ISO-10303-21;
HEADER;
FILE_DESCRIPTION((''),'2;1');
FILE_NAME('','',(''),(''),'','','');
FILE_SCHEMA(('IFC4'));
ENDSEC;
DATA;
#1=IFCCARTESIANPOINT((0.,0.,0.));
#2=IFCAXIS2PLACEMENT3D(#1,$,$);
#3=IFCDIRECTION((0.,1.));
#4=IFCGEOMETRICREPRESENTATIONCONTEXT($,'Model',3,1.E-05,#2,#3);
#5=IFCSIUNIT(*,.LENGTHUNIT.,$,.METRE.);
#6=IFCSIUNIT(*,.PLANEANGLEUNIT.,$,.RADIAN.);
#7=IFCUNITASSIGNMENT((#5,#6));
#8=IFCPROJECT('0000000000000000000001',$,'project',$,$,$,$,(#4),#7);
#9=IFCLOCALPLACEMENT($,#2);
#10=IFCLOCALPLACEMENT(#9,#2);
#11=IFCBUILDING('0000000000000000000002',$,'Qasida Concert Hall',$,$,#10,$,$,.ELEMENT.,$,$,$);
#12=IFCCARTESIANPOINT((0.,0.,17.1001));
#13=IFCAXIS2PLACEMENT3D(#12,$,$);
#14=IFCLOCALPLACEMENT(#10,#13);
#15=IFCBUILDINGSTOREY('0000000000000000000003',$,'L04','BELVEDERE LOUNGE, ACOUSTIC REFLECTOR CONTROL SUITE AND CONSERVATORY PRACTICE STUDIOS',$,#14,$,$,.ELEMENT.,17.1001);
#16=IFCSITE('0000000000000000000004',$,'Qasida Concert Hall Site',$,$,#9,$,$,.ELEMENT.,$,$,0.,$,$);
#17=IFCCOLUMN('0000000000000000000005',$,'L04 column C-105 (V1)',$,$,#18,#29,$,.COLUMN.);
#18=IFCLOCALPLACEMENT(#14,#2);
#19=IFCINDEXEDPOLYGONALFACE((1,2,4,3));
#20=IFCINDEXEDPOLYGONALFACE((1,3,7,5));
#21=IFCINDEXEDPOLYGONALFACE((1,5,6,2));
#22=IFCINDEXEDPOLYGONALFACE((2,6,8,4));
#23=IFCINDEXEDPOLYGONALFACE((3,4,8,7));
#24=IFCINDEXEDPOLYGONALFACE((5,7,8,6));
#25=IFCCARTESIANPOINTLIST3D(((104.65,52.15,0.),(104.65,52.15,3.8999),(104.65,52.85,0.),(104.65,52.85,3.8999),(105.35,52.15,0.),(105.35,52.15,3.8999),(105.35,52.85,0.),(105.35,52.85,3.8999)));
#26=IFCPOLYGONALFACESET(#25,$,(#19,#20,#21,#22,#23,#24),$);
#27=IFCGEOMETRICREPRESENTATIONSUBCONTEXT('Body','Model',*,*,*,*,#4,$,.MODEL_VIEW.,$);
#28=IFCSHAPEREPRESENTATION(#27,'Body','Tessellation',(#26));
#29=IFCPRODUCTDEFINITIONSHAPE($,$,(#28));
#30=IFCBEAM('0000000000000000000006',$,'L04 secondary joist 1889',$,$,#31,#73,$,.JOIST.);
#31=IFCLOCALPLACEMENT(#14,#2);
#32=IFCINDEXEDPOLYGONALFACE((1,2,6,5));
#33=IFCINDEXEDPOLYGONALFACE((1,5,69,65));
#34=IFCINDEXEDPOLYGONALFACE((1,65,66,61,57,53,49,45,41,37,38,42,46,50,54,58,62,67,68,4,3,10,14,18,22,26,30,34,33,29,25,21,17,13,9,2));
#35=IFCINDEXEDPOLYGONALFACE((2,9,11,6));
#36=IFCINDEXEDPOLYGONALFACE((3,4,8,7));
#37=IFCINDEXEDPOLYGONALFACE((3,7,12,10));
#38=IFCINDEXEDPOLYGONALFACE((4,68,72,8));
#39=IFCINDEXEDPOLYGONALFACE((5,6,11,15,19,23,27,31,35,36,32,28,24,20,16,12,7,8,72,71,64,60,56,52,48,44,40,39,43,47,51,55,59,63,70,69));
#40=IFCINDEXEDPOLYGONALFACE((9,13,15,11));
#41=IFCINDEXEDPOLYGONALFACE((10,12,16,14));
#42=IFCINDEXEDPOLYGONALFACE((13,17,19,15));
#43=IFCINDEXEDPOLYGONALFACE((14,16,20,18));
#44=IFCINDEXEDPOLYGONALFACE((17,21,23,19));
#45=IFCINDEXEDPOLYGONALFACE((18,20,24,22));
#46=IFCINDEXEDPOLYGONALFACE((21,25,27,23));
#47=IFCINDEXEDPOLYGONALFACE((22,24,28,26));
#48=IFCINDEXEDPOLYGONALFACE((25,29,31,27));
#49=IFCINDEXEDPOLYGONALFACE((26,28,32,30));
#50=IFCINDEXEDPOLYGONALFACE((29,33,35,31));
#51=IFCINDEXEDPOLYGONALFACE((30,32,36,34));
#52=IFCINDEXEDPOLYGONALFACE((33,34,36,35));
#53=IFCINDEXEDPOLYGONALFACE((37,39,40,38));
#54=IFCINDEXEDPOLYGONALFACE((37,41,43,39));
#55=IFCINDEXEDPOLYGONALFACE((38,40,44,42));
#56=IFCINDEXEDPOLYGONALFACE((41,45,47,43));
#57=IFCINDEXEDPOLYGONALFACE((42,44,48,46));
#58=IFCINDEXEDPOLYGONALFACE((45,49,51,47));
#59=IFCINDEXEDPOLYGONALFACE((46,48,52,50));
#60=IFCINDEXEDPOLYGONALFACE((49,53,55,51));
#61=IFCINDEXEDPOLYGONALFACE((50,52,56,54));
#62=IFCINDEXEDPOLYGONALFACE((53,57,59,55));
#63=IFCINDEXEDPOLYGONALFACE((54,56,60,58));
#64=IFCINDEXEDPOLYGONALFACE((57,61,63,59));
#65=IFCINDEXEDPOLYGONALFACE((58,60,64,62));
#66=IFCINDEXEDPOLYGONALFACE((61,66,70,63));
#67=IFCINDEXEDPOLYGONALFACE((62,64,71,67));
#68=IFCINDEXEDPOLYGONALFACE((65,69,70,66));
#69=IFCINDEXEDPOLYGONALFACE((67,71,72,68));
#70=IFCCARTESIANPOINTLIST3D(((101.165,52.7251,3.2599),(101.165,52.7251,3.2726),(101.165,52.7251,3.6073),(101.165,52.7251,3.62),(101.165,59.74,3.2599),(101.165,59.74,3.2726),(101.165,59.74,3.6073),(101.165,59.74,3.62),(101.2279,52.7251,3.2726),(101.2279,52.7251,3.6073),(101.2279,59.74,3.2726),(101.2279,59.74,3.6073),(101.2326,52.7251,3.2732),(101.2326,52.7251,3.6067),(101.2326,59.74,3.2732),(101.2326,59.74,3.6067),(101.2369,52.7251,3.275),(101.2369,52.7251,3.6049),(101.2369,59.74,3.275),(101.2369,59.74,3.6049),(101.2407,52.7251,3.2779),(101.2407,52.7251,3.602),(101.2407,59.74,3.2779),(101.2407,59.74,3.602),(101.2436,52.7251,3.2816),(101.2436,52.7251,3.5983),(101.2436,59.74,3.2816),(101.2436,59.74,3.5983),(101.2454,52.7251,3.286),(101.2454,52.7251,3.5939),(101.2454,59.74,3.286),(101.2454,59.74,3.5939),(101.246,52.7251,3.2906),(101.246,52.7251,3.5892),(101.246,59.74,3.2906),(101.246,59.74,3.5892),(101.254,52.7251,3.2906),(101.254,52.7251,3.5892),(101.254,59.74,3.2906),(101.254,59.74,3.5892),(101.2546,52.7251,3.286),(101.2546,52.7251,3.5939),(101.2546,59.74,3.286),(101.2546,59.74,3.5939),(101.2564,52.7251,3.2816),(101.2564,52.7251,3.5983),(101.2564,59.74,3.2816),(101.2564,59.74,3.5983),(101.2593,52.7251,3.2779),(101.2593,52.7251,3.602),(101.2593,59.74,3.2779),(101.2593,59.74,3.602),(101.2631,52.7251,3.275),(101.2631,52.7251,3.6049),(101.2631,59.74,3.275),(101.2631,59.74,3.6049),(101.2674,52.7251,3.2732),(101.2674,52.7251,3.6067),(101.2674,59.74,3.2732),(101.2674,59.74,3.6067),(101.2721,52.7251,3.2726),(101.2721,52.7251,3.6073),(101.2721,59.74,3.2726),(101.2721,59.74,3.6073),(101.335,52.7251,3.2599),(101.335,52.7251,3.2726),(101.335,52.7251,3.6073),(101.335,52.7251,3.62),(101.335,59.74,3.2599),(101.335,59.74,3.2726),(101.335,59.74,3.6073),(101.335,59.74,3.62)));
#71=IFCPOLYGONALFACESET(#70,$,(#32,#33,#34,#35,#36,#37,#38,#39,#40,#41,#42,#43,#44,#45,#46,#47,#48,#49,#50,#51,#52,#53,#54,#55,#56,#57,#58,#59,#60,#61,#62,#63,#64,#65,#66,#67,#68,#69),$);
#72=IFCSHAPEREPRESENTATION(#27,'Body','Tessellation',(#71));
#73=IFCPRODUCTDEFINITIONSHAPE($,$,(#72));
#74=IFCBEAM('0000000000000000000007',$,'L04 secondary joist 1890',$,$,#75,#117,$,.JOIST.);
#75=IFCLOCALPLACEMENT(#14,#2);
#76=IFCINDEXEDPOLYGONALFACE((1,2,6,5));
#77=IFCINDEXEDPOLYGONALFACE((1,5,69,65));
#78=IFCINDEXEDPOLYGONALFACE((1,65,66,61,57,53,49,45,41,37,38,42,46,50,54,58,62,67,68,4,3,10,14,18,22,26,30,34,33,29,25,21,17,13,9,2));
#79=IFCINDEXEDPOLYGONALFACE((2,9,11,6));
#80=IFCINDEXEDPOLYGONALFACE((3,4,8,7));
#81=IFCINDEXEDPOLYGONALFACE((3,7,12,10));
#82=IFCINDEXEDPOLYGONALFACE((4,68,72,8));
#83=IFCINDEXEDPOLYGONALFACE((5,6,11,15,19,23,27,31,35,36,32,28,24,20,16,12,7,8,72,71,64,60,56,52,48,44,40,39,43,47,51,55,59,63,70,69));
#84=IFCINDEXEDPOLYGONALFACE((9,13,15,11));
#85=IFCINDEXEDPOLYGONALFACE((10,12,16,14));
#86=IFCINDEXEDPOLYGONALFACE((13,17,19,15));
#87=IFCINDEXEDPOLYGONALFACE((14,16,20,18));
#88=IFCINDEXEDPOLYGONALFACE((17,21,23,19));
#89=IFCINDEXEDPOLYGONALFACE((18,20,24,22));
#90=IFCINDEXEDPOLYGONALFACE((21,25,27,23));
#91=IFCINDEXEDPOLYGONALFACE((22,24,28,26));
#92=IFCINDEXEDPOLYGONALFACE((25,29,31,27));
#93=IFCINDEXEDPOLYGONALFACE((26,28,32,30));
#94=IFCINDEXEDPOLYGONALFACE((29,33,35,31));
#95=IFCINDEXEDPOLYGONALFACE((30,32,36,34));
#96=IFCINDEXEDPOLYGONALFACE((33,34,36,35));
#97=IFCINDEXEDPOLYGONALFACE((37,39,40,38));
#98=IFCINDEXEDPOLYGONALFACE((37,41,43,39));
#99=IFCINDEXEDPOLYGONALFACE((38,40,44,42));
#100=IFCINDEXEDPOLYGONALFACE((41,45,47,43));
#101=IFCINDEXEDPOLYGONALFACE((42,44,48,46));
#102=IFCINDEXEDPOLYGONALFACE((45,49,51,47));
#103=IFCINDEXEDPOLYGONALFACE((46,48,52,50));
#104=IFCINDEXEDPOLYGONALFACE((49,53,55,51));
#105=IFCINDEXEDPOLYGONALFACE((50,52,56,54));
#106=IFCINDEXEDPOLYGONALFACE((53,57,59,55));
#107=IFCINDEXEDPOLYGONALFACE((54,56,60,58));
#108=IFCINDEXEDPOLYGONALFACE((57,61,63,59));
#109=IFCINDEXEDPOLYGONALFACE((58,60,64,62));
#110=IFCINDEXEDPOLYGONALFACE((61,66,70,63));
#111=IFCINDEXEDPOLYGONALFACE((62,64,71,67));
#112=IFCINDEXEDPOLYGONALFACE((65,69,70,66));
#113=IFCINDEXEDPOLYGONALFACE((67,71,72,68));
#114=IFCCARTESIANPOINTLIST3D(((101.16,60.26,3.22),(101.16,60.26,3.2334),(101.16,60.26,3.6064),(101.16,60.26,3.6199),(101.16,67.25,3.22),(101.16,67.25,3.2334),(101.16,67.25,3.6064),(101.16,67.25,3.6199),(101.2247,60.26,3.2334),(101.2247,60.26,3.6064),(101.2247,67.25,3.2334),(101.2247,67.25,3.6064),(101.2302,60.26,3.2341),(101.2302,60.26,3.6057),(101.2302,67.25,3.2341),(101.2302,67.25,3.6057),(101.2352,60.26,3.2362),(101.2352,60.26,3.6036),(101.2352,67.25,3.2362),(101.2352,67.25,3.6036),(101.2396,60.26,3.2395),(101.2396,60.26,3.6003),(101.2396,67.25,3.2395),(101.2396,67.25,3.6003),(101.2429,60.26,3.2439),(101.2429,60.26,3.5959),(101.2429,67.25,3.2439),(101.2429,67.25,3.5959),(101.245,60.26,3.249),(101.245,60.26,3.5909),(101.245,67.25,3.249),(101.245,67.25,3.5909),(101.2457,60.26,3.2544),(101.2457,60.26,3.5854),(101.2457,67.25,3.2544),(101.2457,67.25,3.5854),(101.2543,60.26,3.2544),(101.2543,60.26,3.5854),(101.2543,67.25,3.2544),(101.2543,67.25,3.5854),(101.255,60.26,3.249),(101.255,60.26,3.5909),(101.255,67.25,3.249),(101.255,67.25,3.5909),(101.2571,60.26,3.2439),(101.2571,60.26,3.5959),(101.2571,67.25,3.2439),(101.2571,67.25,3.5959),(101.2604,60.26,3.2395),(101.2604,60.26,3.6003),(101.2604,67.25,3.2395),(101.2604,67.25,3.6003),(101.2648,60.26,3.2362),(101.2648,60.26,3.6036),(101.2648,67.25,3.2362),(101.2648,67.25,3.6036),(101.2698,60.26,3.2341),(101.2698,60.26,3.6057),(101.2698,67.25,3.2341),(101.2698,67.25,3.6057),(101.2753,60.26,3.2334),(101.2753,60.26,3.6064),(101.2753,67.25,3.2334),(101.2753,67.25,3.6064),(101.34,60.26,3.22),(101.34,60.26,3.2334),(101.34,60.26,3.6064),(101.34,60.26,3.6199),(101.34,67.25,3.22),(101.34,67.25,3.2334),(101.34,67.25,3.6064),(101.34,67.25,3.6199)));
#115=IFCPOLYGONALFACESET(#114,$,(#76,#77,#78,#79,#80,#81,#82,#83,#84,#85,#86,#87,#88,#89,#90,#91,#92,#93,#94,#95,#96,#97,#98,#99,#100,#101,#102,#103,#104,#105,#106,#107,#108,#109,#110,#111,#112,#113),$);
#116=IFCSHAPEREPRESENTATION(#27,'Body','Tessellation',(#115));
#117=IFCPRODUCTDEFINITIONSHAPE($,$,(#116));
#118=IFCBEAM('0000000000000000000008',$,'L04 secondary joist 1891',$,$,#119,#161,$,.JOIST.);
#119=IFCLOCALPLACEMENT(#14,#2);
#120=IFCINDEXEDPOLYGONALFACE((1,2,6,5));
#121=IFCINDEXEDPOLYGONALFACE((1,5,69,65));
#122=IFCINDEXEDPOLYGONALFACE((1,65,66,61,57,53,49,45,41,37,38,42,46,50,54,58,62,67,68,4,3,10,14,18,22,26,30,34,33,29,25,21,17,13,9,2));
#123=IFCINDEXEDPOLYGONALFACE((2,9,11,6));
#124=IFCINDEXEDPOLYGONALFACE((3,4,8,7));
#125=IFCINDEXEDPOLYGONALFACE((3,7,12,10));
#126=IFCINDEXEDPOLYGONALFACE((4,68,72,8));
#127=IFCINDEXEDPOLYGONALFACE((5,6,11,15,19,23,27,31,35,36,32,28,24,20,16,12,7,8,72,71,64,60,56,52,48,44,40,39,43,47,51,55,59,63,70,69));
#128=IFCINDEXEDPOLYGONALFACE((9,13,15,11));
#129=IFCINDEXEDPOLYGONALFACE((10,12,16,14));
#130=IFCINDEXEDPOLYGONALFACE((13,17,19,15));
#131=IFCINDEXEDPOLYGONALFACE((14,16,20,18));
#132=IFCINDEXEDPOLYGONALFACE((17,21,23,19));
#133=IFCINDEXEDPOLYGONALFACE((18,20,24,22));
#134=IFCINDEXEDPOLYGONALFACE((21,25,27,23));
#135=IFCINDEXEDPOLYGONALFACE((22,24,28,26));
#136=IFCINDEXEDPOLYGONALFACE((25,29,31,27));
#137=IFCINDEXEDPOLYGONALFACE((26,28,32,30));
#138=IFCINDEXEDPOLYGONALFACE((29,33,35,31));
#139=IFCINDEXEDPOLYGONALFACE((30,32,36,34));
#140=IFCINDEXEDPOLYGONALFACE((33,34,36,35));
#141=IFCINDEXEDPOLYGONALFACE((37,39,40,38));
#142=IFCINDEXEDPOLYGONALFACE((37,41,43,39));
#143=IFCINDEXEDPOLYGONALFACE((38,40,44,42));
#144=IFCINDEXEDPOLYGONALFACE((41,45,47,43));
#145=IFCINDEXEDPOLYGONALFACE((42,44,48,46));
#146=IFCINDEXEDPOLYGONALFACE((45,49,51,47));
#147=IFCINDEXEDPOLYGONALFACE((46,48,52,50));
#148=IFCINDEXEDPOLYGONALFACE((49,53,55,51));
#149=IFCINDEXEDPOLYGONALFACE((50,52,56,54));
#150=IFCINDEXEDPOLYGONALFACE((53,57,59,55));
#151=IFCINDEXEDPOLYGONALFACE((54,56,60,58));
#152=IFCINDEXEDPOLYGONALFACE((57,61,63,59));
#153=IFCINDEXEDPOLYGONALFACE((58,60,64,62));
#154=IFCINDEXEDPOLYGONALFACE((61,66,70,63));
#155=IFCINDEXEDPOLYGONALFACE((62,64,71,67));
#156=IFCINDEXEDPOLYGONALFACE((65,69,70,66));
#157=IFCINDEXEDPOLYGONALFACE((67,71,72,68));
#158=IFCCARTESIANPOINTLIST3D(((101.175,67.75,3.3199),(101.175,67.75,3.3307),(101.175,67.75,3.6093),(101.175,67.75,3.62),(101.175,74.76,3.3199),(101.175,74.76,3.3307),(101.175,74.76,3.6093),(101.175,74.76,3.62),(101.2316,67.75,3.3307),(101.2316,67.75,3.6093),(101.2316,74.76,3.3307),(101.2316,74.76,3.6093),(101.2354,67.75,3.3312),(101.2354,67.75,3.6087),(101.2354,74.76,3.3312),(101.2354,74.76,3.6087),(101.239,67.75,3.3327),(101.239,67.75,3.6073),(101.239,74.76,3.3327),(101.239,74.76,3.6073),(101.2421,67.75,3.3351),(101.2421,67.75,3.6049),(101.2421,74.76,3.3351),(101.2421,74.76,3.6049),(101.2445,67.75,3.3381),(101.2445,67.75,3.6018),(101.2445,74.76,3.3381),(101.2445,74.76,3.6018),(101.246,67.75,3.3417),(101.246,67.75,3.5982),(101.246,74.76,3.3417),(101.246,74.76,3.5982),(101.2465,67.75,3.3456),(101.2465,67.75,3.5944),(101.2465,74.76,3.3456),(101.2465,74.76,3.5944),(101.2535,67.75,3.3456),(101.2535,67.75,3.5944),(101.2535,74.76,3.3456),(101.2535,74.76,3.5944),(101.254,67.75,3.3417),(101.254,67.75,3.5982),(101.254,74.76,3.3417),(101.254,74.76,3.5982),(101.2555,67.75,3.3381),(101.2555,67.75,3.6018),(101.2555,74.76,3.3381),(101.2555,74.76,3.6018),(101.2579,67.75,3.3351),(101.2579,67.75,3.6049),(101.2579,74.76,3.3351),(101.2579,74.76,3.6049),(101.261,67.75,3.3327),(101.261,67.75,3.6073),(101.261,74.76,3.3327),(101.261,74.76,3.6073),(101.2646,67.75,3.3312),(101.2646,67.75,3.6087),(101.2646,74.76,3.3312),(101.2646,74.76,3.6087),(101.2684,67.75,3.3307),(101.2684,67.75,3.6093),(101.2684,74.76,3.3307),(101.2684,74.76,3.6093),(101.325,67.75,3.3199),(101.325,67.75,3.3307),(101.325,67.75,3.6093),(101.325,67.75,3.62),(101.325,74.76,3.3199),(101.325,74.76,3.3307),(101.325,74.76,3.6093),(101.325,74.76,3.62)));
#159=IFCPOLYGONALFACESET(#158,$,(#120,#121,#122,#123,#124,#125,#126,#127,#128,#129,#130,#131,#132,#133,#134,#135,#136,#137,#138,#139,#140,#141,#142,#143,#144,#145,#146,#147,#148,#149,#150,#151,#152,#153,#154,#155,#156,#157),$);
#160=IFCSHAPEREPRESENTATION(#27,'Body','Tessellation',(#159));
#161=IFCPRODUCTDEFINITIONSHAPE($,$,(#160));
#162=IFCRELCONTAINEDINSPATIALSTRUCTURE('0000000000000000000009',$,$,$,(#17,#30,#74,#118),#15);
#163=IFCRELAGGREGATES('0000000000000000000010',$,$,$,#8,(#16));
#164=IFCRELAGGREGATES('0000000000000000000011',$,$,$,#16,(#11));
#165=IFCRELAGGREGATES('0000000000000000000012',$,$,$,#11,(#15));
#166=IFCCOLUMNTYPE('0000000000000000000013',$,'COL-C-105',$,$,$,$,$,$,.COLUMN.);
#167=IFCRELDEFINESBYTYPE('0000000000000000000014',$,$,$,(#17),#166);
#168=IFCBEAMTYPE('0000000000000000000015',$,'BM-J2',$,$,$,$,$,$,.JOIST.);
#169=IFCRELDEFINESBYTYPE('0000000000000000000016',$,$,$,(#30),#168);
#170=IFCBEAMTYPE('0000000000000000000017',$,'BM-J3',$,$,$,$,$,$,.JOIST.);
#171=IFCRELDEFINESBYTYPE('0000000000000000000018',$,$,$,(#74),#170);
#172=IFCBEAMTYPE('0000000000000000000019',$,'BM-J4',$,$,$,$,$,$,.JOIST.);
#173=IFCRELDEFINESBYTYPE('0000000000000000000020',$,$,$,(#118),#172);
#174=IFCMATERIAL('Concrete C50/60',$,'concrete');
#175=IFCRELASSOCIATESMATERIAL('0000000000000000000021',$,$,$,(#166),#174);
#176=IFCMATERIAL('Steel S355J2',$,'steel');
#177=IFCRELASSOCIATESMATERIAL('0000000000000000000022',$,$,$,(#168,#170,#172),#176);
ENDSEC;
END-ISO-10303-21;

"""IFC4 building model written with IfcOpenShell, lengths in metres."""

from ifc_helpers import new_model, si_unit, direction, frame, origin, origin_2d, place, context, subcontext, project, spatial, rectangle, i_section, extrude, material, material_profile, profile_set, type_object, element, save


model = new_model("IFC4")

# Units and contexts
model_context = context("Model", 3, precision=1e-05, world=origin(), true_north=direction((0.0, 1.0)))
body_context = subcontext(model_context, "Body", "Model", "MODEL_VIEW")
ifc_project = project(units=[si_unit("LENGTHUNIT", "METRE"), si_unit("PLANEANGLEUNIT", "RADIAN")], contexts=[model_context])

# Site, building, storey
site_placement = place(None, origin())
site = spatial("IfcSite", under=ifc_project, at=site_placement, Name="Qasida Concert Hall Site", CompositionType="ELEMENT", RefElevation=0.0)
building_placement = place(site_placement, origin())
building = spatial("IfcBuilding", under=site, at=building_placement, Name="Qasida Concert Hall", CompositionType="ELEMENT")
storey_placement = place(building_placement, frame((0.0, 0.0, 17.1001)))
storey = spatial("IfcBuildingStorey", under=building, at=storey_placement, Name="L04", Description="BELVEDERE LOUNGE, ACOUSTIC REFLECTOR CONTROL SUITE AND CONSERVATORY PRACTICE STUDIOS", CompositionType="ELEMENT", Elevation=17.1001)

# Column
ifc_material_1 = material(Name="Concrete C50/60", Category="concrete")
ifc_material_profile_1 = material_profile(ifc_material_1, rectangle(XDim=0.7, YDim=0.7, at=origin_2d()), Name="RC 700x700")
ifc_profile_set_1 = profile_set([ifc_material_profile_1], Name="Concrete C50/60")
column_type = type_object("IfcColumnType", Name="COL-C-105", PredefinedType="COLUMN", material=ifc_profile_set_1)
column_placement = place(storey_placement, frame((105.0, 52.5, 0.0), z_axis=(0.0, 0.0, 1.0), x_axis=(1.0, 0.0, 0.0)))
element("IfcColumn", 1, at=column_placement, inside=storey, type_object=column_type, Name="L04 column C-105 (V1)", PredefinedType="COLUMN", context=body_context, shape_type="SweptSolid", body=[
    extrude(rectangle(XDim=0.7, YDim=0.7, at=origin_2d()), origin(), (0.0, 0.0, 1.0), 3.8999),
])

# Beams
ifc_material_2 = material(Name="Steel S355J2", Category="steel")
ifc_material_profile_2 = material_profile(ifc_material_2, i_section(OverallWidth=0.1699, OverallDepth=0.3601, WebThickness=0.0081, FlangeThickness=0.0127, FilletRadius=0.0181, at=origin_2d()), Name="IPE 360")
ifc_profile_set_2 = profile_set([ifc_material_profile_2], Name="Steel S355J2")
beam_type_1 = type_object("IfcBeamType", Name="BM-J2", PredefinedType="JOIST", material=ifc_profile_set_2)
beam_1_placement = place(storey_placement, frame((101.25, 52.7251, 3.4399), z_axis=(0.0, 1.0, 0.0), x_axis=(-1.0, 0.0, 0.0)))
element("IfcBeam", 2, at=beam_1_placement, inside=storey, type_object=beam_type_1, Name="L04 secondary joist 1889", PredefinedType="JOIST", context=body_context, shape_type="SweptSolid", body=[
    extrude(i_section(OverallWidth=0.1699, OverallDepth=0.3601, WebThickness=0.0081, FlangeThickness=0.0127, FilletRadius=0.0181, at=origin_2d()), origin(), (0.0, 0.0, 1.0), 7.0149),
])
ifc_material_profile_3 = material_profile(ifc_material_2, i_section(OverallWidth=0.1799, OverallDepth=0.3999, WebThickness=0.0085, FlangeThickness=0.0134, FilletRadius=0.021, at=origin_2d()), Name="IPE 400")
ifc_profile_set_3 = profile_set([ifc_material_profile_3], Name="Steel S355J2")
beam_type_2 = type_object("IfcBeamType", Name="BM-J3", PredefinedType="JOIST", material=ifc_profile_set_3)
beam_2_placement = place(storey_placement, frame((101.25, 60.26, 3.4199), z_axis=(0.0, 1.0, 0.0), x_axis=(-1.0, 0.0, 0.0)))
element("IfcBeam", 3, at=beam_2_placement, inside=storey, type_object=beam_type_2, Name="L04 secondary joist 1890", PredefinedType="JOIST", context=body_context, shape_type="SweptSolid", body=[
    extrude(i_section(OverallWidth=0.1799, OverallDepth=0.3999, WebThickness=0.0085, FlangeThickness=0.0134, FilletRadius=0.021, at=origin_2d()), origin(), (0.0, 0.0, 1.0), 6.99),
])
ifc_material_profile_4 = material_profile(ifc_material_2, i_section(OverallWidth=0.1499, OverallDepth=0.3, WebThickness=0.0071, FlangeThickness=0.0107, FilletRadius=0.0149, at=origin_2d()), Name="IPE 300")
ifc_profile_set_4 = profile_set([ifc_material_profile_4], Name="Steel S355J2")
beam_type_3 = type_object("IfcBeamType", Name="BM-J4", PredefinedType="JOIST", material=ifc_profile_set_4)
beam_3_placement = place(storey_placement, frame((101.25, 67.75, 3.47), z_axis=(0.0, 1.0, 0.0), x_axis=(-1.0, 0.0, 0.0)))
element("IfcBeam", 4, at=beam_3_placement, inside=storey, type_object=beam_type_3, Name="L04 secondary joist 1891", PredefinedType="JOIST", context=body_context, shape_type="SweptSolid", body=[
    extrude(i_section(OverallWidth=0.1499, OverallDepth=0.3, WebThickness=0.0071, FlangeThickness=0.0107, FilletRadius=0.0149, at=origin_2d()), origin(), (0.0, 0.0, 1.0), 7.01),
])

save(model, "model.ifc")
